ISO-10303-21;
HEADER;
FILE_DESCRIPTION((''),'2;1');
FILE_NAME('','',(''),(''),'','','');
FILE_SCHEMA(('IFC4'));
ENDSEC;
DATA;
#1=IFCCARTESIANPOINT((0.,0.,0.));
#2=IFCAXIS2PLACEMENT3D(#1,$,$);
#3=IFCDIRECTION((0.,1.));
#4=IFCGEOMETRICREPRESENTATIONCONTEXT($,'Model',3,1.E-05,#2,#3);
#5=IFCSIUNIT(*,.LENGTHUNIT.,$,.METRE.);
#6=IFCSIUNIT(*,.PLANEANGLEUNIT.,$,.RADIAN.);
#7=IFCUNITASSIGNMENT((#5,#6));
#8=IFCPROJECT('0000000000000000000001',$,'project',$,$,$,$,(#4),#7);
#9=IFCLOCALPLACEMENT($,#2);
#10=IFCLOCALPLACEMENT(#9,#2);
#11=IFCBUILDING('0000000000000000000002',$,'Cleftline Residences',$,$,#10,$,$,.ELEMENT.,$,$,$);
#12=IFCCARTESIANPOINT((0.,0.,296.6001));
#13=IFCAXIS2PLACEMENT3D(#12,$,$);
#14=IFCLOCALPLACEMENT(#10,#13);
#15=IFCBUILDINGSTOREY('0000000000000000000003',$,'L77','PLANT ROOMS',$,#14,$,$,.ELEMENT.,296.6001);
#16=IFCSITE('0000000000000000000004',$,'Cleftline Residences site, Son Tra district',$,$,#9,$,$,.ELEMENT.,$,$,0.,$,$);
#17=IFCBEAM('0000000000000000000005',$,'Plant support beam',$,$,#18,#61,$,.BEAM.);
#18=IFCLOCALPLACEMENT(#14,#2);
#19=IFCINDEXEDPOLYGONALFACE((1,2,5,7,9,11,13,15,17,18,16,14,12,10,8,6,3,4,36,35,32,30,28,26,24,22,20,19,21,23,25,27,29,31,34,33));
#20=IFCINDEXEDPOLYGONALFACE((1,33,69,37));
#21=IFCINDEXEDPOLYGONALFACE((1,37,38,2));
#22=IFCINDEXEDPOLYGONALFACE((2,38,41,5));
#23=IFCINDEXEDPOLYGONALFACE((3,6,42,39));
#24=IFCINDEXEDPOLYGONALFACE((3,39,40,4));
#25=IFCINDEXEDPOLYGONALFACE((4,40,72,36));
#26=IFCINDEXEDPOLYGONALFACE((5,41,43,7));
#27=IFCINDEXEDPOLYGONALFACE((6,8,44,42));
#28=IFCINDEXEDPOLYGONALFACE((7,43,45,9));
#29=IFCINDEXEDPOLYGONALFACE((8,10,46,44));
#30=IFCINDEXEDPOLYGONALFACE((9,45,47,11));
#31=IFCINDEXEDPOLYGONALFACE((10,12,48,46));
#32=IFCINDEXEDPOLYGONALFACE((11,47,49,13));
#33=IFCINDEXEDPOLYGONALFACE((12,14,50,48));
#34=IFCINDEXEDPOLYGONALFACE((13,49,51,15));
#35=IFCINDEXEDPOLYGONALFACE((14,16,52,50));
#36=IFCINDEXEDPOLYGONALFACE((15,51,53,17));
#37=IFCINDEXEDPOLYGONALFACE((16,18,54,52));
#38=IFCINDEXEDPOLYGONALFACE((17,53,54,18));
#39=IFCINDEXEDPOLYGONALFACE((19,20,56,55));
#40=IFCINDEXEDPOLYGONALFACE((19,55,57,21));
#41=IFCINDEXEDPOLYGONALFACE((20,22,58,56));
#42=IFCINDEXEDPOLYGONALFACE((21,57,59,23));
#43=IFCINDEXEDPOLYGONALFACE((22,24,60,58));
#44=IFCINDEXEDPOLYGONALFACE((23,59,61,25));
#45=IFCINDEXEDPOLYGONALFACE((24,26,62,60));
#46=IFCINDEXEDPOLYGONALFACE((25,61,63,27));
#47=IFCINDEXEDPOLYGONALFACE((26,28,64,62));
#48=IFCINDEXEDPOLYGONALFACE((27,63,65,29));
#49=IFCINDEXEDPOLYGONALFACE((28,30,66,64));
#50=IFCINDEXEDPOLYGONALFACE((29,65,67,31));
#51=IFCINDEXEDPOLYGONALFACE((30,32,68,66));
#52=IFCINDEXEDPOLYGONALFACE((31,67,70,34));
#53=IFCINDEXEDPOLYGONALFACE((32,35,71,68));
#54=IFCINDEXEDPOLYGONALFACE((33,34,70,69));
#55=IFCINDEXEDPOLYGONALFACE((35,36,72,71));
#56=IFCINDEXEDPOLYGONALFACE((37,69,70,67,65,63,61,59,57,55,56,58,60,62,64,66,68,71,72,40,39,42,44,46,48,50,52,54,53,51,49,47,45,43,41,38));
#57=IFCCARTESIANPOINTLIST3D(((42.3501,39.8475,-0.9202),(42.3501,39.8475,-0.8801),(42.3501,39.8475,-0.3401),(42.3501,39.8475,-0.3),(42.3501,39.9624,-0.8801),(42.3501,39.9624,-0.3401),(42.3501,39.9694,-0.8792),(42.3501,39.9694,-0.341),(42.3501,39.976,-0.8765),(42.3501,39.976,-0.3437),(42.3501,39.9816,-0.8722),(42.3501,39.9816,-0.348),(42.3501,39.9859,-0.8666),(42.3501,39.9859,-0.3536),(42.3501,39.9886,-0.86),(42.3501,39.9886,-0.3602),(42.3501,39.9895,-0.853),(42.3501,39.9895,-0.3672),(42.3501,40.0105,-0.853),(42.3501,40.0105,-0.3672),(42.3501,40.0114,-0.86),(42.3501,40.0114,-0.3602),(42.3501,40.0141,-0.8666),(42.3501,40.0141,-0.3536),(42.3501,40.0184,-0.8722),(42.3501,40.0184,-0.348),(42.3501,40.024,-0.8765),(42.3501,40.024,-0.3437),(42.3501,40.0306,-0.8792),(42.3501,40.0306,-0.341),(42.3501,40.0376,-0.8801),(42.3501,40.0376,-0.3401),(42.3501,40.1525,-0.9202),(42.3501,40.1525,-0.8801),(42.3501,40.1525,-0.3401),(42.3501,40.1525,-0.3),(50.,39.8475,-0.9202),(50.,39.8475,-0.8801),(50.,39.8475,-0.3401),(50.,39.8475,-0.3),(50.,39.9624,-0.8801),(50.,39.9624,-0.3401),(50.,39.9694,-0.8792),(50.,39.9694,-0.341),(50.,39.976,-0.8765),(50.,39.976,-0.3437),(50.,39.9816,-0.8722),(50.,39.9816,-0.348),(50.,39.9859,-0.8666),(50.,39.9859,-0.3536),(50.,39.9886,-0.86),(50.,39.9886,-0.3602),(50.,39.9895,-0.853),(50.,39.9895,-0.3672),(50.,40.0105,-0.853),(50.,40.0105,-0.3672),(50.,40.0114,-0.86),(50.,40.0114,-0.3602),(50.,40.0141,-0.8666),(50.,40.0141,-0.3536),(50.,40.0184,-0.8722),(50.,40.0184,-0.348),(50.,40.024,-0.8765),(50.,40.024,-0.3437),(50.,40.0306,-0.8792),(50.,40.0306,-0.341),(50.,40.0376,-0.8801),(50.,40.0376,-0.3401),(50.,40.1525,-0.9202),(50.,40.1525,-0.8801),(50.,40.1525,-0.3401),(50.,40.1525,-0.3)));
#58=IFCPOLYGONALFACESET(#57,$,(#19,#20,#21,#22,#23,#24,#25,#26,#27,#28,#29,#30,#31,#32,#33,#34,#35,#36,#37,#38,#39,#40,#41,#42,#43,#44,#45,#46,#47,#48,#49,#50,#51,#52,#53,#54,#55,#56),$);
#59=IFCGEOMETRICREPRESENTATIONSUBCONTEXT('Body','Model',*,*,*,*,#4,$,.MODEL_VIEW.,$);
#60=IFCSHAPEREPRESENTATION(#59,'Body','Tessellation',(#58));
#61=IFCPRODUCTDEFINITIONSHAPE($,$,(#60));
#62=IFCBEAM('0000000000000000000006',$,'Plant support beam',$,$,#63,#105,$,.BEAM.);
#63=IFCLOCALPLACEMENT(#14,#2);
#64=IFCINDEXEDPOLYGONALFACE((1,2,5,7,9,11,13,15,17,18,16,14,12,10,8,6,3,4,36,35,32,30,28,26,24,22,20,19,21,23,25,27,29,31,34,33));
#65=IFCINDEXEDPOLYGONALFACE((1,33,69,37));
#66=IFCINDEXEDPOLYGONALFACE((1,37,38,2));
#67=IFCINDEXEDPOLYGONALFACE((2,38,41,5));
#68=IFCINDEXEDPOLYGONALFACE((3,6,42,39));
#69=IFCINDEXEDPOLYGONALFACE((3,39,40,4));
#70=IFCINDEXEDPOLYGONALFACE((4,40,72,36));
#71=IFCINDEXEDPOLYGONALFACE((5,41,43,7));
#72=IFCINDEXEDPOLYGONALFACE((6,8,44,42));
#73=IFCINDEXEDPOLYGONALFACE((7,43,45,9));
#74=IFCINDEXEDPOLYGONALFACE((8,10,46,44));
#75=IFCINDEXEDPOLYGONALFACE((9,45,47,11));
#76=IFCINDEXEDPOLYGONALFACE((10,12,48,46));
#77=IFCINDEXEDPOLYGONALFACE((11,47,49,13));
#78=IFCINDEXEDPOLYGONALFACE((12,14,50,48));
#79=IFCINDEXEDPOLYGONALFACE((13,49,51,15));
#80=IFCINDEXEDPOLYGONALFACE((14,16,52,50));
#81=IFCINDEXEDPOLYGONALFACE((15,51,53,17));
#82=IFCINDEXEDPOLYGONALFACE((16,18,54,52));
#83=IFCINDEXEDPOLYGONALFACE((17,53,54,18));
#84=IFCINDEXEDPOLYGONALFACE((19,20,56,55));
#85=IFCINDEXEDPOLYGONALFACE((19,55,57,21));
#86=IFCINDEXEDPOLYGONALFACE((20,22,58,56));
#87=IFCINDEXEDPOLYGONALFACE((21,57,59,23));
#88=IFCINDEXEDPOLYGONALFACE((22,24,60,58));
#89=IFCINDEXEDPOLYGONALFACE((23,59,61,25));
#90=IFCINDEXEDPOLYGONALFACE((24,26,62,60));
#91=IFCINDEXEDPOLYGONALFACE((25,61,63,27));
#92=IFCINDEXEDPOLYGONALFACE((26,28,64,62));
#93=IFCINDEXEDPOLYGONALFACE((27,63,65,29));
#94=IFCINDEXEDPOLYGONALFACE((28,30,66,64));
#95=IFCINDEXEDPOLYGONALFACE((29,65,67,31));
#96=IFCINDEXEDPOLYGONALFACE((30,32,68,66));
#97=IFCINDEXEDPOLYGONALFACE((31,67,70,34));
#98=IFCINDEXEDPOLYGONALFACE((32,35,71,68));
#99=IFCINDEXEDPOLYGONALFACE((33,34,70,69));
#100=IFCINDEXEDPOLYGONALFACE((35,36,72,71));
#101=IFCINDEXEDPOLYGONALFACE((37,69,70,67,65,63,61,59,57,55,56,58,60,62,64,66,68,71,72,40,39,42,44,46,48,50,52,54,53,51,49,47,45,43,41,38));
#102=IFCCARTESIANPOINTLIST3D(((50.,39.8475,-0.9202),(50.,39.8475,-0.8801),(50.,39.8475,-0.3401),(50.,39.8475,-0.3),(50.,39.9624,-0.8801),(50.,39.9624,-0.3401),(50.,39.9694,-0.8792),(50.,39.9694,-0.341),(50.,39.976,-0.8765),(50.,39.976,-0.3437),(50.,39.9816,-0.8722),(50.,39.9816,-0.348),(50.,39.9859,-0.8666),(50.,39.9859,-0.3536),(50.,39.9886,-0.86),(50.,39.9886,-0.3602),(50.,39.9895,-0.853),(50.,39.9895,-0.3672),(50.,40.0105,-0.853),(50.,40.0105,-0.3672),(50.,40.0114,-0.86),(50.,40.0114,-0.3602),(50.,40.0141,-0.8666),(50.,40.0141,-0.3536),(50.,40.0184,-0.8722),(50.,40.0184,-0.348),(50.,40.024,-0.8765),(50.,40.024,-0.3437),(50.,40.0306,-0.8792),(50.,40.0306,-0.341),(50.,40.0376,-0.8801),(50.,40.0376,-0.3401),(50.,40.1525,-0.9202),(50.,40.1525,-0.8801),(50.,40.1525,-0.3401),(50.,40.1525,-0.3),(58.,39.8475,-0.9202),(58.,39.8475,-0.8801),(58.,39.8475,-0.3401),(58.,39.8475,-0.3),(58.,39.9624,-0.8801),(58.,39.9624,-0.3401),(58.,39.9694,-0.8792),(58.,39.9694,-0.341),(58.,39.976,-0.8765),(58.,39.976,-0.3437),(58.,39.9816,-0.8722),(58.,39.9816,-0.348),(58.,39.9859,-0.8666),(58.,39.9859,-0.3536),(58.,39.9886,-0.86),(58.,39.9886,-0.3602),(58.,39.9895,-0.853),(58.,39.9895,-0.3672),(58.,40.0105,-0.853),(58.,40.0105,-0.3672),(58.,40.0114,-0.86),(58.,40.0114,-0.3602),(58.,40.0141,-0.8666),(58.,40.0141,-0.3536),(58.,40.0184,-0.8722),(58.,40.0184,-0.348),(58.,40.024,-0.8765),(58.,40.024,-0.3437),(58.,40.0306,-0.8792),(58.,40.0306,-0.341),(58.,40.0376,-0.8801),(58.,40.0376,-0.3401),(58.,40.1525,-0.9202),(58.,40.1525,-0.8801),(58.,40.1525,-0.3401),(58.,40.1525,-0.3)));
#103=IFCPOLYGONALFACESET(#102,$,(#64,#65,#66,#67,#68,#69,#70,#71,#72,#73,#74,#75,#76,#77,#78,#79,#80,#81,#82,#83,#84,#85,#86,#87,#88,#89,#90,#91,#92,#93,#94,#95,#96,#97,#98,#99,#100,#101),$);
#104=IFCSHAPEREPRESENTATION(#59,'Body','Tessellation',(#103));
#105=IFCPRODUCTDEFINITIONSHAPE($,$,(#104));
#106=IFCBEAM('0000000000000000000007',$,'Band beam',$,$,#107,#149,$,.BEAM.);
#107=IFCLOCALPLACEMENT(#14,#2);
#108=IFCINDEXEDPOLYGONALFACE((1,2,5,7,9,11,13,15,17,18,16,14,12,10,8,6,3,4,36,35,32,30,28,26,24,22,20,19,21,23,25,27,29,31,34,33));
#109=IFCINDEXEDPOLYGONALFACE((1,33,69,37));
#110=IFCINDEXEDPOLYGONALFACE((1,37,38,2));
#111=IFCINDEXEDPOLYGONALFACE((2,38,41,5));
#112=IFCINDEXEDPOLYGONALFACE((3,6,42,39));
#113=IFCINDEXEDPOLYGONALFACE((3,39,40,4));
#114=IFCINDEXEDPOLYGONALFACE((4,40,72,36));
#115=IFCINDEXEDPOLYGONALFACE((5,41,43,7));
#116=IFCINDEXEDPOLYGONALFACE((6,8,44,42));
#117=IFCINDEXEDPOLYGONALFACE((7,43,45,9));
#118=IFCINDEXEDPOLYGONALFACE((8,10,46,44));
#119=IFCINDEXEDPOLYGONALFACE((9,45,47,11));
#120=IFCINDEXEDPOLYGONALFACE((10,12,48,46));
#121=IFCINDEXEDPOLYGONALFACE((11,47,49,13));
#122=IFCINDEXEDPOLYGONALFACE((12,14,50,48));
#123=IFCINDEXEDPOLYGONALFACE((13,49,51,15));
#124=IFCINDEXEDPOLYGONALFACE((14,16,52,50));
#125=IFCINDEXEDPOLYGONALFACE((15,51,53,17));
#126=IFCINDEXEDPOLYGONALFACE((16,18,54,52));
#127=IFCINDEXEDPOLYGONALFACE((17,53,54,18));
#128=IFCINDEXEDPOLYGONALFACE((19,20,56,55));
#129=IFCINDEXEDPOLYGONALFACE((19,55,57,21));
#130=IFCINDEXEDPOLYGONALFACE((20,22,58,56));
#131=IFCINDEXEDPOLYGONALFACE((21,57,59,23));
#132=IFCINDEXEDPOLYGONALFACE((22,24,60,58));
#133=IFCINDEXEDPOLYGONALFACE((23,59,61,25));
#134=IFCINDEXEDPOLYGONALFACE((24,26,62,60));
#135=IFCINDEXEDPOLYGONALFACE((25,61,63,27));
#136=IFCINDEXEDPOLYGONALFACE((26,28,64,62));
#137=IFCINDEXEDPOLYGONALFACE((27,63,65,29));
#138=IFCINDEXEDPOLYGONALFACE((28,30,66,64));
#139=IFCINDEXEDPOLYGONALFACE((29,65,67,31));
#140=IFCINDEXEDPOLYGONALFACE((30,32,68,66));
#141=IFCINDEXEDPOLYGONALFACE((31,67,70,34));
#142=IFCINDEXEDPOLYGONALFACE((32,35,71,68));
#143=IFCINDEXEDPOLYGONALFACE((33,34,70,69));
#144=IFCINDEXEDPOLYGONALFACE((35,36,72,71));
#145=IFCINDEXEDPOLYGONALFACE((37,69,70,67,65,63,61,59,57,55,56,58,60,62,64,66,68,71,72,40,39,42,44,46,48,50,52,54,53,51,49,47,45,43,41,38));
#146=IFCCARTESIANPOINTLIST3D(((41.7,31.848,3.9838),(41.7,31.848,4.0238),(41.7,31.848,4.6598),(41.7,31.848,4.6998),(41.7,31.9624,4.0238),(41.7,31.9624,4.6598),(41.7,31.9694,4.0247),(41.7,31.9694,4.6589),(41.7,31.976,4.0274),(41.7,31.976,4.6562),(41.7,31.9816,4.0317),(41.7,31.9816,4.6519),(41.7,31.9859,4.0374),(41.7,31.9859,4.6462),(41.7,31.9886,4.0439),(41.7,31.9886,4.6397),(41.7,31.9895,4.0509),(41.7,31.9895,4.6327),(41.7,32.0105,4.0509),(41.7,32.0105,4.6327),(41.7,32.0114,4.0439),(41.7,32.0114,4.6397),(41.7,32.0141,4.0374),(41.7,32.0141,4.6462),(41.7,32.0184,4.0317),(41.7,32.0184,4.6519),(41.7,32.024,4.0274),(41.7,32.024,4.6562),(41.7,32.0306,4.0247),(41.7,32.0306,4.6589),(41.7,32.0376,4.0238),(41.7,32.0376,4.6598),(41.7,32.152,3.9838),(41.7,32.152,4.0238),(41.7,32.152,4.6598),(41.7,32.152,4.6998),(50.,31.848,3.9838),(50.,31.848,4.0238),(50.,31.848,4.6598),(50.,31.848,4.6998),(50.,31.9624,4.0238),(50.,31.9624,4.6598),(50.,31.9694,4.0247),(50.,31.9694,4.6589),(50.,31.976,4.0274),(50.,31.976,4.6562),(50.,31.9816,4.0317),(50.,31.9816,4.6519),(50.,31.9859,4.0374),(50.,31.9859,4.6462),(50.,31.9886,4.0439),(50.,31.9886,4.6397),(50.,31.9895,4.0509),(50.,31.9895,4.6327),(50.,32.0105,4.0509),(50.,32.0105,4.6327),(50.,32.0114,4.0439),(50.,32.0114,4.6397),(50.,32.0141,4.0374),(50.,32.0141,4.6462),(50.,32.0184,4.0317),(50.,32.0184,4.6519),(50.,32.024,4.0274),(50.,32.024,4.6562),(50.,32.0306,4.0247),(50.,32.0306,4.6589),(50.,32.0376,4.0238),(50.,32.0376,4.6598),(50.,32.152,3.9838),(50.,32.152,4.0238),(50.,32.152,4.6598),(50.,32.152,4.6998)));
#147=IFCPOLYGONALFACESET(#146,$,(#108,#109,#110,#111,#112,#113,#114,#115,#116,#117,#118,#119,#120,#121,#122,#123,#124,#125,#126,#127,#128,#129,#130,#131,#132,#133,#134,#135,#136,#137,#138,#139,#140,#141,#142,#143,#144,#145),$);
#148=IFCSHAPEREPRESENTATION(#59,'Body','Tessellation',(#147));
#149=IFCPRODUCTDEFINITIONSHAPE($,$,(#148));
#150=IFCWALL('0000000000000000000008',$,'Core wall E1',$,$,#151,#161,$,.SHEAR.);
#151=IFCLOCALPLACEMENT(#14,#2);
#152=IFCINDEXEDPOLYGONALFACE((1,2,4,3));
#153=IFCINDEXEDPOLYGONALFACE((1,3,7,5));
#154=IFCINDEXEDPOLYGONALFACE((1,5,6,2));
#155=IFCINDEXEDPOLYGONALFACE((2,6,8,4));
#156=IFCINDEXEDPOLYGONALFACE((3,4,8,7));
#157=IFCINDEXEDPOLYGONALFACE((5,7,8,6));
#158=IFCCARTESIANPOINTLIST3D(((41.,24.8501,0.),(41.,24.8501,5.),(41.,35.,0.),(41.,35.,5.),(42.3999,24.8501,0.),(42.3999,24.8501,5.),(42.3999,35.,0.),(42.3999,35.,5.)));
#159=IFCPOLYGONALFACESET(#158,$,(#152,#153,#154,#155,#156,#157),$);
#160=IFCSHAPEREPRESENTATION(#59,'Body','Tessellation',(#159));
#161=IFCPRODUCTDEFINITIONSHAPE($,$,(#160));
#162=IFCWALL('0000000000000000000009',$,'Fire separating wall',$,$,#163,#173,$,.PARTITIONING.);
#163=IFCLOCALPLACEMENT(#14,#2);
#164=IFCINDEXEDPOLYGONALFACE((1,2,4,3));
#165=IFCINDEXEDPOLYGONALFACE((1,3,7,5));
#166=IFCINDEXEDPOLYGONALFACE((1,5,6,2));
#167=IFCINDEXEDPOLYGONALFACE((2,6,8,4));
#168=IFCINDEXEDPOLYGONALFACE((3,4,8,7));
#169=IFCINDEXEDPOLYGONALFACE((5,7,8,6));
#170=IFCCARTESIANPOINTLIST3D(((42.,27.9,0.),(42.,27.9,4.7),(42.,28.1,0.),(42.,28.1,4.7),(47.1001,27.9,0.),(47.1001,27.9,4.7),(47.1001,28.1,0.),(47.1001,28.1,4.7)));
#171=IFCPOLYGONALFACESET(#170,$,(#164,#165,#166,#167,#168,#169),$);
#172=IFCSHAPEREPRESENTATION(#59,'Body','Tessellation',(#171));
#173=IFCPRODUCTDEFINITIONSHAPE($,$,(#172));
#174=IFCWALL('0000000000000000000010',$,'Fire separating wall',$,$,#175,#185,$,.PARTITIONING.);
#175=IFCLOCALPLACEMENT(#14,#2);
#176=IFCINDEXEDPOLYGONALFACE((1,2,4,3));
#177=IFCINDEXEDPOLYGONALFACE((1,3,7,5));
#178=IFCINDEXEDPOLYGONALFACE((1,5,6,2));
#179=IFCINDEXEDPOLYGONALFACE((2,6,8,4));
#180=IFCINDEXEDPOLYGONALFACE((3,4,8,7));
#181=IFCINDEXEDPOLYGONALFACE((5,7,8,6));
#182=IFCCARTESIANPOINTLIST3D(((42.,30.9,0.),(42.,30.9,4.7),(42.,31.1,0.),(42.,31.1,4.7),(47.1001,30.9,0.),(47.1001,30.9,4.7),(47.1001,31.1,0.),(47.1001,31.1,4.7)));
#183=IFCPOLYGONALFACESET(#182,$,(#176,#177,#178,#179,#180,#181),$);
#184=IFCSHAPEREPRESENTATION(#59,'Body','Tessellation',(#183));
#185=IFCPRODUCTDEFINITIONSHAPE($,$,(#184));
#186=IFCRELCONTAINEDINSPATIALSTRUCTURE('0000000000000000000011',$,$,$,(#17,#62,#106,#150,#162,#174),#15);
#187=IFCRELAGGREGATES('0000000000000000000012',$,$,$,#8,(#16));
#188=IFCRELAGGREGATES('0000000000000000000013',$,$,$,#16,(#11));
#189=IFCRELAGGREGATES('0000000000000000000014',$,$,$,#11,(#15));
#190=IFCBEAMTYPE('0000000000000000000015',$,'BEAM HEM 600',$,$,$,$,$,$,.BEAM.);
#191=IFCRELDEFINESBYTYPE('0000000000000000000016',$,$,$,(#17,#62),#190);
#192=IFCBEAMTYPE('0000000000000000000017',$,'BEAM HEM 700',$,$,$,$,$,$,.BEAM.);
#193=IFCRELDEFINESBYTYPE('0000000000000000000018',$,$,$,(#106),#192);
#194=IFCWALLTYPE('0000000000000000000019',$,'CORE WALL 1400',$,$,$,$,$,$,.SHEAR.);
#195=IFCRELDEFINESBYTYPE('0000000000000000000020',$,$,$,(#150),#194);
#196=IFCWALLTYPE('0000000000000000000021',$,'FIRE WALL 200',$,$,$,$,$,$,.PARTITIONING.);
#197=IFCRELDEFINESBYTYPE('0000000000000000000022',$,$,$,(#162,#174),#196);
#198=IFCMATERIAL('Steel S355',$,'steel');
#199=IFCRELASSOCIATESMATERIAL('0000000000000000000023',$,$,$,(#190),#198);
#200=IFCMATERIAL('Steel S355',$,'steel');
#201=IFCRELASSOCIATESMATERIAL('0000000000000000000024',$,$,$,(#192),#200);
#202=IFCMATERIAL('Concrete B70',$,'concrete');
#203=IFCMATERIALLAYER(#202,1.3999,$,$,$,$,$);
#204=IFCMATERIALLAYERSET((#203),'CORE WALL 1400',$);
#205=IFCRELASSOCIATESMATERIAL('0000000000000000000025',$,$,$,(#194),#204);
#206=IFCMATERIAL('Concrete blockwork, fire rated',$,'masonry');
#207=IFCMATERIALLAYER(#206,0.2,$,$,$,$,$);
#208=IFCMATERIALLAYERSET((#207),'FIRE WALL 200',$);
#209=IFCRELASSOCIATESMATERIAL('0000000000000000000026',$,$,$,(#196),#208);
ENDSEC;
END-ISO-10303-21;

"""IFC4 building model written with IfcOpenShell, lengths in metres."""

from ifc_helpers import new_model, si_unit, direction, frame, frame_2d, origin, origin_2d, place, context, subcontext, project, spatial, rectangle, i_section, extrude, material, layer, layer_set, material_profile, profile_set, type_object, element, save


model = new_model("IFC4")

# Units and contexts
model_context = context("Model", 3, precision=1e-05, world=origin(), true_north=direction((0.0, 1.0)))
body_context = subcontext(model_context, "Body", "Model", "MODEL_VIEW")
ifc_project = project(units=[si_unit("LENGTHUNIT", "METRE"), si_unit("PLANEANGLEUNIT", "RADIAN")], contexts=[model_context])

# Site, building, storey
site_placement = place(None, origin())
site = spatial("IfcSite", under=ifc_project, at=site_placement, Name="Cleftline Residences site, Son Tra district", CompositionType="ELEMENT", RefElevation=0.0)
building_placement = place(site_placement, origin())
building = spatial("IfcBuilding", under=site, at=building_placement, Name="Cleftline Residences", CompositionType="ELEMENT")
storey_placement = place(building_placement, frame((0.0, 0.0, 296.6001)))
storey = spatial("IfcBuildingStorey", under=building, at=storey_placement, Name="L77", Description="PLANT ROOMS", CompositionType="ELEMENT", Elevation=296.6001)

# Beams
ifc_material_1 = material(Name="Steel S355", Category="steel")
ifc_material_profile_1 = material_profile(ifc_material_1, i_section(OverallWidth=0.3049, OverallDepth=0.6201, WebThickness=0.021, FlangeThickness=0.04, FilletRadius=0.0271, at=origin_2d()))
ifc_profile_set_1 = profile_set([ifc_material_profile_1], Name="Steel S355")
beam_type_1 = type_object("IfcBeamType", Name="BEAM HEM 600", PredefinedType="BEAM", material=ifc_profile_set_1)
beam_1_placement = place(storey_placement, frame((42.3501, 40.0, -0.6101), z_axis=(1.0, 0.0, 0.0), x_axis=(0.0, 1.0, 0.0)))
element("IfcBeam", 1, at=beam_1_placement, inside=storey, type_object=beam_type_1, Name="Plant support beam", PredefinedType="BEAM", context=body_context, shape_type="SweptSolid", body=[
    extrude(i_section(OverallWidth=0.3049, OverallDepth=0.6201, WebThickness=0.021, FlangeThickness=0.04, FilletRadius=0.0271, at=origin_2d()), origin(), (0.0, 0.0, 1.0), 7.6499),
])
beam_2_placement = place(storey_placement, frame((50.0, 40.0, -0.6101), z_axis=(1.0, 0.0, 0.0), x_axis=(0.0, 1.0, 0.0)))
element("IfcBeam", 2, at=beam_2_placement, inside=storey, type_object=beam_type_1, Name="Plant support beam", PredefinedType="BEAM", context=body_context, shape_type="SweptSolid", body=[
    extrude(i_section(OverallWidth=0.3049, OverallDepth=0.6201, WebThickness=0.021, FlangeThickness=0.04, FilletRadius=0.0271, at=origin_2d()), origin(), (0.0, 0.0, 1.0), 8.0),
])
ifc_material_2 = material(Name="Steel S355", Category="steel")
ifc_material_profile_2 = material_profile(ifc_material_2, i_section(OverallWidth=0.304, OverallDepth=0.7161, WebThickness=0.021, FlangeThickness=0.04, FilletRadius=0.0271, at=origin_2d()))
ifc_profile_set_2 = profile_set([ifc_material_profile_2], Name="Steel S355")
beam_type_2 = type_object("IfcBeamType", Name="BEAM HEM 700", PredefinedType="BEAM", material=ifc_profile_set_2)
beam_3_placement = place(storey_placement, frame((50.0, 32.0, 4.3418), z_axis=(-1.0, 0.0, 0.0), x_axis=(0.0, -1.0, 0.0)))
element("IfcBeam", 3, at=beam_3_placement, inside=storey, type_object=beam_type_2, Name="Band beam", PredefinedType="BEAM", context=body_context, shape_type="SweptSolid", body=[
    extrude(i_section(OverallWidth=0.304, OverallDepth=0.7161, WebThickness=0.021, FlangeThickness=0.04, FilletRadius=0.0271, at=origin_2d()), origin(), (0.0, 0.0, 1.0), 8.3),
])

# Walls
ifc_material_3 = material(Name="Concrete B70", Category="concrete")
ifc_layer_1 = layer(ifc_material_3, 1.3999)
ifc_layer_set_1 = layer_set([ifc_layer_1], Name="CORE WALL 1400")
wall_type_1 = type_object("IfcWallType", Name="CORE WALL 1400", PredefinedType="SHEAR", material=ifc_layer_set_1)
wall_1_placement = place(storey_placement, frame((41.7, 24.8501, 0.0), z_axis=(0.0, 0.0, 1.0), x_axis=(0.0, 1.0, 0.0)))
element("IfcWall", 4, at=wall_1_placement, inside=storey, type_object=wall_type_1, Name="Core wall E1", PredefinedType="SHEAR", context=body_context, shape_type="SweptSolid", body=[
    extrude(rectangle(XDim=10.1499, YDim=1.3999, at=frame_2d((5.075, 0.0))), origin(), (0.0, 0.0, 1.0), 5.0),
])
ifc_material_4 = material(Name="Concrete blockwork, fire rated", Category="masonry")
ifc_layer_2 = layer(ifc_material_4, 0.2)
ifc_layer_set_2 = layer_set([ifc_layer_2], Name="FIRE WALL 200")
wall_type_2 = type_object("IfcWallType", Name="FIRE WALL 200", PredefinedType="PARTITIONING", material=ifc_layer_set_2)
for number, where, z_axis, x_axis, name in (
    (5, (42.0, 28.0, 0.0), (0.0, 0.0, 1.0), (1.0, 0.0, 0.0), "Fire separating wall"),
    (6, (42.0, 31.0, 0.0), (0.0, 0.0, 1.0), (1.0, 0.0, 0.0), "Fire separating wall"),
):
    element("IfcWall", number, at=place(storey_placement, frame(where, z_axis=z_axis, x_axis=x_axis)), inside=storey, type_object=wall_type_2, Name=name, PredefinedType="PARTITIONING", context=body_context, shape_type="SweptSolid", body=[
        extrude(rectangle(XDim=5.1001, YDim=0.2, at=frame_2d((2.55, 0.0))), origin(), (0.0, 0.0, 1.0), 4.7),
    ])

save(model, "model.ifc")
